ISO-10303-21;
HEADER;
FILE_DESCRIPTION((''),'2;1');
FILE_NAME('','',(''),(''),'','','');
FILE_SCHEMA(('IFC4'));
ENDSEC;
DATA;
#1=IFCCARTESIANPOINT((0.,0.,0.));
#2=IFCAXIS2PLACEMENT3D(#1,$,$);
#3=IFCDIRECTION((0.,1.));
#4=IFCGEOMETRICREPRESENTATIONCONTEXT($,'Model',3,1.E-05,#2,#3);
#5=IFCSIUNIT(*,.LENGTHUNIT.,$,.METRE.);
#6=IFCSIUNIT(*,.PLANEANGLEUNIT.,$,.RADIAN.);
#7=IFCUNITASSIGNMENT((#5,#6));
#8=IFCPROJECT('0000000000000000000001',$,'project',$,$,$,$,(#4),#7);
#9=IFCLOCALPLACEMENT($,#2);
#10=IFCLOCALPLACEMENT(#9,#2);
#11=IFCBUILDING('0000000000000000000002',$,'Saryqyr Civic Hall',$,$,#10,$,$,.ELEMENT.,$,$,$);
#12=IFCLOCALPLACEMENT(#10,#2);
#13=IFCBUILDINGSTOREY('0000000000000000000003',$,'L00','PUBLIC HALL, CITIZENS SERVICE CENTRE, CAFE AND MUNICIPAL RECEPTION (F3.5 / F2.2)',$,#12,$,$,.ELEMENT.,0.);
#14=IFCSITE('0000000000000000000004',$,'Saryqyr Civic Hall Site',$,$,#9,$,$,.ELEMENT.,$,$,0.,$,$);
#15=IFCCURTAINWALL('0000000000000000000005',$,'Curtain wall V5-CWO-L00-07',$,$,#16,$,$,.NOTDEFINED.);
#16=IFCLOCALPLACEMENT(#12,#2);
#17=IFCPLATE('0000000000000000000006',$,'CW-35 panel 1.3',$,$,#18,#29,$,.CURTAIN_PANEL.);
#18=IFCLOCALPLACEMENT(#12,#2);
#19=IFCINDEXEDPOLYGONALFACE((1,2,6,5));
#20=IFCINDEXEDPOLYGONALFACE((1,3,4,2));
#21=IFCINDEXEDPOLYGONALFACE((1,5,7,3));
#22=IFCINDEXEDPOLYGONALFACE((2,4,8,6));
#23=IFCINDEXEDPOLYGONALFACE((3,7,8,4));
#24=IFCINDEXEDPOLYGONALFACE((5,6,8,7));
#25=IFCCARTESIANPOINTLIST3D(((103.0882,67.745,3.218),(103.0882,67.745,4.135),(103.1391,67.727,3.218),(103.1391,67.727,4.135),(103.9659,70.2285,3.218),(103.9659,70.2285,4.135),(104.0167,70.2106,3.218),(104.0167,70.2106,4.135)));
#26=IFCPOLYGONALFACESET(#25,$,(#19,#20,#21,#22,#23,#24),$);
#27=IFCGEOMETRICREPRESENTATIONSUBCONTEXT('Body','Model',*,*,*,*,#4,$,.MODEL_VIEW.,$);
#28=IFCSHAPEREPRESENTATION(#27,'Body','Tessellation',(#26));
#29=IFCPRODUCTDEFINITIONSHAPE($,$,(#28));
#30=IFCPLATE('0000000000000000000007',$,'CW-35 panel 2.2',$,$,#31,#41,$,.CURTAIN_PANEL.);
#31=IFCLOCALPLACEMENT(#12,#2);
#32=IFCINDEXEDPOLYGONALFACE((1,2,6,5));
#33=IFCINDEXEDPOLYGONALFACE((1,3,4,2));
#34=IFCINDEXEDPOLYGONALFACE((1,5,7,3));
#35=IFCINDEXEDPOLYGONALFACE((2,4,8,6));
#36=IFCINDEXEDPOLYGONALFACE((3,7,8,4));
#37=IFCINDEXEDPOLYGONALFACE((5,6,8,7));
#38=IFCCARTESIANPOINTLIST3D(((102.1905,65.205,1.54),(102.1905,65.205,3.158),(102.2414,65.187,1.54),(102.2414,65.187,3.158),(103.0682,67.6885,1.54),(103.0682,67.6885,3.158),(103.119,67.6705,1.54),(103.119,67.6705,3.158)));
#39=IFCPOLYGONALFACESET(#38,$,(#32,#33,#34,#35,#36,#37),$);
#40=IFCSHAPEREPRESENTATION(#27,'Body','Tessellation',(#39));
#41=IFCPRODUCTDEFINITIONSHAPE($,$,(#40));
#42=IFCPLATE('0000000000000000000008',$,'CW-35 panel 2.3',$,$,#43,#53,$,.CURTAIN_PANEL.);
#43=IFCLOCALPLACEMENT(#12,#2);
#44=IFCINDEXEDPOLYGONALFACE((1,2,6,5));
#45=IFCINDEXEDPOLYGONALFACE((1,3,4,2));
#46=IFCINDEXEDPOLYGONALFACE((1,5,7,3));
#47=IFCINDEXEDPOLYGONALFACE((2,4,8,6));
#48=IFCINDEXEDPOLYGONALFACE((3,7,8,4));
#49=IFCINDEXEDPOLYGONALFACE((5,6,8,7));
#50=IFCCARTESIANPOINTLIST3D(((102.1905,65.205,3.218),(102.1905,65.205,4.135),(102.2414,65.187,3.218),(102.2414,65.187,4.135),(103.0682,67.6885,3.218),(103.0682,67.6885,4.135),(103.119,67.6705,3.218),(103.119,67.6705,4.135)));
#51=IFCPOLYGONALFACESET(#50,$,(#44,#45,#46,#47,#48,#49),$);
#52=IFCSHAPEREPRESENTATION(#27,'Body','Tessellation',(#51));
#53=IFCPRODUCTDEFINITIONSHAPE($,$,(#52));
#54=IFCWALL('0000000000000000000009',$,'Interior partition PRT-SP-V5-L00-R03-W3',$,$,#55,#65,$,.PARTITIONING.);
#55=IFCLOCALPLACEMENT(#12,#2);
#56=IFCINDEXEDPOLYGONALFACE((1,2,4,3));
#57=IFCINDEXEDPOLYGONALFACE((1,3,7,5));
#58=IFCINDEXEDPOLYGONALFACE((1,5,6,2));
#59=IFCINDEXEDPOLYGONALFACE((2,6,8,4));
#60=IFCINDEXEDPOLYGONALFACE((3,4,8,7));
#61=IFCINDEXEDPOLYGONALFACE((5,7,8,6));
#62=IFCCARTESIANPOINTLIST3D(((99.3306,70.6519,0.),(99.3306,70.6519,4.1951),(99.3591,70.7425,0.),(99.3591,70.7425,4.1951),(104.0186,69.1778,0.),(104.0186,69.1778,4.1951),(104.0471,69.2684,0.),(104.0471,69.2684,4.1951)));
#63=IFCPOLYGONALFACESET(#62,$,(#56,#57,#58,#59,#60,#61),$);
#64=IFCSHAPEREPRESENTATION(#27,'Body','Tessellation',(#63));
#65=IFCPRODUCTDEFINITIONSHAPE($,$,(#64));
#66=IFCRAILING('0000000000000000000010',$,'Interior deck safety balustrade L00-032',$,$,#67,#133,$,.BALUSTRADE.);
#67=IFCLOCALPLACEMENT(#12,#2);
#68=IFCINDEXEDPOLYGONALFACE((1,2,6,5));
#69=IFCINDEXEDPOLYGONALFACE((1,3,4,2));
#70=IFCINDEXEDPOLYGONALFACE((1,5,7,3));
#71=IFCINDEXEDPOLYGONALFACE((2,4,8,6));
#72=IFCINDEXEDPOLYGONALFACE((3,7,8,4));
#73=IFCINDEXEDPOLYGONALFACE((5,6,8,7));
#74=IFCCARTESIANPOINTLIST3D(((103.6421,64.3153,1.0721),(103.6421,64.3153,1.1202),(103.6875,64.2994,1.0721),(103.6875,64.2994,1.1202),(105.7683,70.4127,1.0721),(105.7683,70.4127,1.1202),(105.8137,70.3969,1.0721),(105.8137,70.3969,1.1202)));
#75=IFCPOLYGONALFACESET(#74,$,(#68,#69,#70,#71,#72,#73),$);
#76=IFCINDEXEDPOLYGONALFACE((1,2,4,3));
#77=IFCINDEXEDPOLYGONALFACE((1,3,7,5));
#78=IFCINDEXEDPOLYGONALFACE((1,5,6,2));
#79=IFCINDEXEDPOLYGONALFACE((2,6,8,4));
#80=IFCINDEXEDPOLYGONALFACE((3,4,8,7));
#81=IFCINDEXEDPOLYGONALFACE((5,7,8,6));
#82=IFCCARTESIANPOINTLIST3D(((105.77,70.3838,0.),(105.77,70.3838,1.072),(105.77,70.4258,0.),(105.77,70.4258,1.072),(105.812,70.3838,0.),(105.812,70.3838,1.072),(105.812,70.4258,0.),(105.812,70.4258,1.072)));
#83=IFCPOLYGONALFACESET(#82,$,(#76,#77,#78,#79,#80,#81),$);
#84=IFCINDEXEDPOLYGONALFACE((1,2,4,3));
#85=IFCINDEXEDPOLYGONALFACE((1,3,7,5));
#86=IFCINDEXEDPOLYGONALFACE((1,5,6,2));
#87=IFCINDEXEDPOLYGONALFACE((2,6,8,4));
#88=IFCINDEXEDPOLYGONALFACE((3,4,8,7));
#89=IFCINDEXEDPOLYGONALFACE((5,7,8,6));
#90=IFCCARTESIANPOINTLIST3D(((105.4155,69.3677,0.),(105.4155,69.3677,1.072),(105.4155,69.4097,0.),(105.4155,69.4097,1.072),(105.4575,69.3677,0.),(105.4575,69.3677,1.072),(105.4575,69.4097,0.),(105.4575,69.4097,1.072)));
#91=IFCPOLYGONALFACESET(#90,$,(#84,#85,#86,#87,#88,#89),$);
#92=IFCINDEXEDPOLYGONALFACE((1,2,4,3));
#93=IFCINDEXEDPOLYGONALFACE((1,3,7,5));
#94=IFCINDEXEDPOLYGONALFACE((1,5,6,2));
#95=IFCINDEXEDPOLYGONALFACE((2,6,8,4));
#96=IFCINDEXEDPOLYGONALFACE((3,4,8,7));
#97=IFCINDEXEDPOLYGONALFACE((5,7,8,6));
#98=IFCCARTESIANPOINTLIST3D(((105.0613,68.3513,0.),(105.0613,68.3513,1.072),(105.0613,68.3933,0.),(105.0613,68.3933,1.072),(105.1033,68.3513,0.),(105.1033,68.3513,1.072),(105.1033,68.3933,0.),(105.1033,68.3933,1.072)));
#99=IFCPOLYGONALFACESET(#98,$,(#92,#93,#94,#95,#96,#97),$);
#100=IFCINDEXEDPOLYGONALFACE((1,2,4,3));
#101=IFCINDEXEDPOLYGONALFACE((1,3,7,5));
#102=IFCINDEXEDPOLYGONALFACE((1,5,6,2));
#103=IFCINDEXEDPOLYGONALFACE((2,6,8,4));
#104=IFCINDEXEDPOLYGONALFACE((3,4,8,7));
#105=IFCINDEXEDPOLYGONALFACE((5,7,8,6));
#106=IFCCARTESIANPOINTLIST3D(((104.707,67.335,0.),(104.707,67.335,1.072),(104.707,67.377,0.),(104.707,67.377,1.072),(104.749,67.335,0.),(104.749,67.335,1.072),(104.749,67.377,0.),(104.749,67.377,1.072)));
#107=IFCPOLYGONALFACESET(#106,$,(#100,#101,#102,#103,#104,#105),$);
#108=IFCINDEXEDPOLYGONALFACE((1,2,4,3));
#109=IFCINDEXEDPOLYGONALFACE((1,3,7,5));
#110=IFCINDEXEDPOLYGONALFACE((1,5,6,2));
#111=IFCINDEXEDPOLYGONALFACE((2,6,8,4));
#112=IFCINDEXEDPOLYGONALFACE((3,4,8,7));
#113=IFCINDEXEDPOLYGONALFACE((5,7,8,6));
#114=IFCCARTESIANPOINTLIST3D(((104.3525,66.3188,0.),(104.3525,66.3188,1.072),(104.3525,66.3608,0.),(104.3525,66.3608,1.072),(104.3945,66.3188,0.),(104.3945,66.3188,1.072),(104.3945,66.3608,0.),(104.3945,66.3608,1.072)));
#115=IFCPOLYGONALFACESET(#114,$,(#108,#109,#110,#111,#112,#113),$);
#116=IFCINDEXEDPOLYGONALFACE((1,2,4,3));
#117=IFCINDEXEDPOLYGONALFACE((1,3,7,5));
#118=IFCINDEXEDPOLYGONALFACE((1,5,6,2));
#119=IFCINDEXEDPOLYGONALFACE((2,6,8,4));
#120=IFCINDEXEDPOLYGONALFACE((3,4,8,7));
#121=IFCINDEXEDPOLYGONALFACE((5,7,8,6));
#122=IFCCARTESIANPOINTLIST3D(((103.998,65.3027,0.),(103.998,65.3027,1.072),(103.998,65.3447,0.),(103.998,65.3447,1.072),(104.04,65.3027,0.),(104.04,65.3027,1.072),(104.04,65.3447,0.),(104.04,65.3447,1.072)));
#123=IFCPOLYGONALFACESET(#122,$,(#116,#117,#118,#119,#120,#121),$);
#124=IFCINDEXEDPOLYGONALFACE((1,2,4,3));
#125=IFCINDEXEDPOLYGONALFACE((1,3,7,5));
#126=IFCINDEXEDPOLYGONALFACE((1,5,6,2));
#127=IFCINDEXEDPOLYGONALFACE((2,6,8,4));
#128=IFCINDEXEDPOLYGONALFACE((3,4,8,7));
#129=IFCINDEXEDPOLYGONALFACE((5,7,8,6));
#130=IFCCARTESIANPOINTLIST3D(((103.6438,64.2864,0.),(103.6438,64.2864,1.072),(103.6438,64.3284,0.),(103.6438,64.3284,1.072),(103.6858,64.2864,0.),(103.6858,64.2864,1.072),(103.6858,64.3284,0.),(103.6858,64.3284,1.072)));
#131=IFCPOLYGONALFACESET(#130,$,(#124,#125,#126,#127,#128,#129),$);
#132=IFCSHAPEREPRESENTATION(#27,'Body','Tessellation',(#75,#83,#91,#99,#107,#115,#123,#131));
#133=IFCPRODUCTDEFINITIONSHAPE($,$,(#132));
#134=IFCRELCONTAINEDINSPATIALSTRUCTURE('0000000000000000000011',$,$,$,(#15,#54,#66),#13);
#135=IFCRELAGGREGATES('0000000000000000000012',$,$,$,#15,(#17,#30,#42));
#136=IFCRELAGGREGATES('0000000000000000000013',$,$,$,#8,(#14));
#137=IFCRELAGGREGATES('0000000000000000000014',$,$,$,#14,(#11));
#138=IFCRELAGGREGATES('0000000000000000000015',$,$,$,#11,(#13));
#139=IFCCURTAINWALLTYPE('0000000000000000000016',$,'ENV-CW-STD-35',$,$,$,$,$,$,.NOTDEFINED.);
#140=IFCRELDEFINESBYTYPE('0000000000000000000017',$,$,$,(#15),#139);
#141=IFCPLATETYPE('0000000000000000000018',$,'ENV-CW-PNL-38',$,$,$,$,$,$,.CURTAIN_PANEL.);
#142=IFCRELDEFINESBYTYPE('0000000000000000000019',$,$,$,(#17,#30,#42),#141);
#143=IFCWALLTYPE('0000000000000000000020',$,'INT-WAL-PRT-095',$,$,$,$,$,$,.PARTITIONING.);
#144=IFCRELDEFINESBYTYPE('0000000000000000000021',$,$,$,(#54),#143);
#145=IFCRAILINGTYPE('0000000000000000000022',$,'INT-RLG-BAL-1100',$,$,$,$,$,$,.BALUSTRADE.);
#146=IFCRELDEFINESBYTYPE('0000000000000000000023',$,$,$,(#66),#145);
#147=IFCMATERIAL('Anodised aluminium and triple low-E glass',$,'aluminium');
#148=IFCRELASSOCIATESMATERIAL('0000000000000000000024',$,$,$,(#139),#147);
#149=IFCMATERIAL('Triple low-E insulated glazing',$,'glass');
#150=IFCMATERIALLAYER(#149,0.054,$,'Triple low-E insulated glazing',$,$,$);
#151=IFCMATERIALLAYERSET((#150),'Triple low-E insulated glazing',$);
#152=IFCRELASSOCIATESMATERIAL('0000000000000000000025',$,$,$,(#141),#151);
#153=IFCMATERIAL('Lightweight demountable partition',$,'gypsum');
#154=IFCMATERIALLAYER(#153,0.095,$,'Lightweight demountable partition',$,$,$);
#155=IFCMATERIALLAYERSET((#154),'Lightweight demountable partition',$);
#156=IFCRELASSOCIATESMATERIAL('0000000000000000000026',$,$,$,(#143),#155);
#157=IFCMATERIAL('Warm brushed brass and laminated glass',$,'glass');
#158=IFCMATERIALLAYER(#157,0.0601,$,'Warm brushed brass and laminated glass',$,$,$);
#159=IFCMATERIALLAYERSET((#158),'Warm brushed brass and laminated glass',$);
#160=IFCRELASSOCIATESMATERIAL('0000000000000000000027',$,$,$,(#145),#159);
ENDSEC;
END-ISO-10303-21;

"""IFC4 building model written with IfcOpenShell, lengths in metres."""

from ifc_helpers import new_model, si_unit, direction, frame, frame_2d, origin, origin_2d, place, context, subcontext, project, spatial, rectangle, extrude, material, layer, layer_set, type_object, element, aggregate, save


model = new_model("IFC4")

# Units and contexts
model_context = context("Model", 3, precision=1e-05, world=origin(), true_north=direction((0.0, 1.0)))
body_context = subcontext(model_context, "Body", "Model", "MODEL_VIEW")
ifc_project = project(units=[si_unit("LENGTHUNIT", "METRE"), si_unit("PLANEANGLEUNIT", "RADIAN")], contexts=[model_context])

# Site, building, storey
site_placement = place(None, origin())
site = spatial("IfcSite", under=ifc_project, at=site_placement, Name="Saryqyr Civic Hall Site", CompositionType="ELEMENT", RefElevation=0.0)
building_placement = place(site_placement, origin())
building = spatial("IfcBuilding", under=site, at=building_placement, Name="Saryqyr Civic Hall", CompositionType="ELEMENT")
storey_placement = place(building_placement, origin())
storey = spatial("IfcBuildingStorey", under=building, at=storey_placement, Name="L00", Description="PUBLIC HALL, CITIZENS SERVICE CENTRE, CAFE AND MUNICIPAL RECEPTION (F3.5 / F2.2)", CompositionType="ELEMENT", Elevation=0.0)

# Curtain wall
ifc_material_1 = material(Name="Anodised aluminium and triple low-E glass", Category="aluminium")
curtain_wall_type = type_object("IfcCurtainWallType", Name="ENV-CW-STD-35", PredefinedType="NOTDEFINED", material=ifc_material_1)
curtain_wall_placement = place(storey_placement, origin())
curtain_wall = element("IfcCurtainWall", 1, at=curtain_wall_placement, inside=storey, type_object=curtain_wall_type, Name="Curtain wall V5-CWO-L00-07", PredefinedType="NOTDEFINED")

# Plates
ifc_material_2 = material(Name="Triple low-E insulated glazing", Category="glass")
ifc_layer_1 = layer(ifc_material_2, 0.054, Name="Triple low-E insulated glazing")
ifc_layer_set_1 = layer_set([ifc_layer_1], Name="Triple low-E insulated glazing")
plate_type = type_object("IfcPlateType", Name="ENV-CW-PNL-38", PredefinedType="CURTAIN_PANEL", material=ifc_layer_set_1)
plate_1_placement = place(storey_placement, frame((103.5525, 68.9778, 3.218), z_axis=(0.0, 0.0, 1.0), x_axis=(-0.333181, -0.942863, 0.0)))
plate_1 = element("IfcPlate", 2, at=plate_1_placement, type_object=plate_type, Name="CW-35 panel 1.3", PredefinedType="CURTAIN_PANEL", context=body_context, shape_type="SweptSolid", body=[
    extrude(rectangle(XDim=2.634, YDim=0.054, at=origin_2d()), origin(), (0.0, 0.0, 1.0), 0.917),
])
plate_2_placement = place(storey_placement, frame((102.6548, 66.4377, 1.54), z_axis=(0.0, 0.0, 1.0), x_axis=(-0.333181, -0.942863, 0.0)))
plate_2 = element("IfcPlate", 3, at=plate_2_placement, type_object=plate_type, Name="CW-35 panel 2.2", PredefinedType="CURTAIN_PANEL", context=body_context, shape_type="SweptSolid", body=[
    extrude(rectangle(XDim=2.634, YDim=0.054, at=origin_2d()), origin(), (0.0, 0.0, 1.0), 1.6179),
])
plate_3_placement = place(storey_placement, frame((102.6548, 66.4377, 3.218), z_axis=(0.0, 0.0, 1.0), x_axis=(-0.333181, -0.942863, 0.0)))
plate_3 = element("IfcPlate", 4, at=plate_3_placement, type_object=plate_type, Name="CW-35 panel 2.3", PredefinedType="CURTAIN_PANEL", context=body_context, shape_type="SweptSolid", body=[
    extrude(rectangle(XDim=2.634, YDim=0.054, at=origin_2d()), origin(), (0.0, 0.0, 1.0), 0.917),
])
aggregate(curtain_wall, [plate_1, plate_2, plate_3])

# Wall
ifc_material_3 = material(Name="Lightweight demountable partition", Category="gypsum")
ifc_layer_2 = layer(ifc_material_3, 0.095, Name="Lightweight demountable partition")
ifc_layer_set_2 = layer_set([ifc_layer_2], Name="Lightweight demountable partition")
wall_type = type_object("IfcWallType", Name="INT-WAL-PRT-095", PredefinedType="PARTITIONING", material=ifc_layer_set_2)
wall_placement = place(storey_placement, frame((104.0327, 69.2231, 0.0), z_axis=(0.0, 0.0, 1.0), x_axis=(-0.95395, 0.299966, 0.0)))
element("IfcWall", 5, at=wall_placement, inside=storey, type_object=wall_type, Name="Interior partition PRT-SP-V5-L00-R03-W3", PredefinedType="PARTITIONING", context=body_context, shape_type="SweptSolid", body=[
    extrude(rectangle(XDim=4.9143, YDim=0.095, at=frame_2d((2.457, 0.0))), origin(), (0.0, 0.0, 1.0), 4.1951),
])

# Railing
ifc_material_4 = material(Name="Warm brushed brass and laminated glass", Category="glass")
ifc_layer_3 = layer(ifc_material_4, 0.0601, Name="Warm brushed brass and laminated glass")
ifc_layer_set_3 = layer_set([ifc_layer_3], Name="Warm brushed brass and laminated glass")
railing_type = type_object("IfcRailingType", Name="INT-RLG-BAL-1100", PredefinedType="BALUSTRADE", material=ifc_layer_set_3)
railing_placement = place(storey_placement, frame((105.791, 70.4048, 0.0)))
element("IfcRailing", 6, at=railing_placement, inside=storey, type_object=railing_type, Name="Interior deck safety balustrade L00-032", PredefinedType="BALUSTRADE", context=body_context, shape_type="SweptSolid", body=[
    extrude(rectangle(XDim=0.0481, YDim=0.0481, at=origin_2d()), frame((0.0, 0.0, 1.0962), z_axis=(-0.329264, -0.944238, 0.0), x_axis=(0.944238, -0.329264, 0.0)), (0.0, 0.0, 1.0), 6.4575),
    extrude(rectangle(XDim=0.042, YDim=0.042, at=origin_2d()), origin(), (0.0, 0.0, 1.0), 1.072),
    extrude(rectangle(XDim=0.042, YDim=0.042, at=origin_2d()), frame((-0.3545, -1.0161, 0.0)), (0.0, 0.0, 1.0), 1.072),
    extrude(rectangle(XDim=0.042, YDim=0.042, at=origin_2d()), frame((-0.7087, -2.0325, 0.0)), (0.0, 0.0, 1.0), 1.072),
    extrude(rectangle(XDim=0.042, YDim=0.042, at=origin_2d()), frame((-1.063, -3.0488, 0.0)), (0.0, 0.0, 1.0), 1.072),
    extrude(rectangle(XDim=0.042, YDim=0.042, at=origin_2d()), frame((-1.4175, -4.0649, 0.0)), (0.0, 0.0, 1.0), 1.072),
    extrude(rectangle(XDim=0.042, YDim=0.042, at=origin_2d()), frame((-1.772, -5.0811, 0.0)), (0.0, 0.0, 1.0), 1.072),
    extrude(rectangle(XDim=0.042, YDim=0.042, at=origin_2d()), frame((-2.1262, -6.0974, 0.0)), (0.0, 0.0, 1.0), 1.072),
])

save(model, "model.ifc")
